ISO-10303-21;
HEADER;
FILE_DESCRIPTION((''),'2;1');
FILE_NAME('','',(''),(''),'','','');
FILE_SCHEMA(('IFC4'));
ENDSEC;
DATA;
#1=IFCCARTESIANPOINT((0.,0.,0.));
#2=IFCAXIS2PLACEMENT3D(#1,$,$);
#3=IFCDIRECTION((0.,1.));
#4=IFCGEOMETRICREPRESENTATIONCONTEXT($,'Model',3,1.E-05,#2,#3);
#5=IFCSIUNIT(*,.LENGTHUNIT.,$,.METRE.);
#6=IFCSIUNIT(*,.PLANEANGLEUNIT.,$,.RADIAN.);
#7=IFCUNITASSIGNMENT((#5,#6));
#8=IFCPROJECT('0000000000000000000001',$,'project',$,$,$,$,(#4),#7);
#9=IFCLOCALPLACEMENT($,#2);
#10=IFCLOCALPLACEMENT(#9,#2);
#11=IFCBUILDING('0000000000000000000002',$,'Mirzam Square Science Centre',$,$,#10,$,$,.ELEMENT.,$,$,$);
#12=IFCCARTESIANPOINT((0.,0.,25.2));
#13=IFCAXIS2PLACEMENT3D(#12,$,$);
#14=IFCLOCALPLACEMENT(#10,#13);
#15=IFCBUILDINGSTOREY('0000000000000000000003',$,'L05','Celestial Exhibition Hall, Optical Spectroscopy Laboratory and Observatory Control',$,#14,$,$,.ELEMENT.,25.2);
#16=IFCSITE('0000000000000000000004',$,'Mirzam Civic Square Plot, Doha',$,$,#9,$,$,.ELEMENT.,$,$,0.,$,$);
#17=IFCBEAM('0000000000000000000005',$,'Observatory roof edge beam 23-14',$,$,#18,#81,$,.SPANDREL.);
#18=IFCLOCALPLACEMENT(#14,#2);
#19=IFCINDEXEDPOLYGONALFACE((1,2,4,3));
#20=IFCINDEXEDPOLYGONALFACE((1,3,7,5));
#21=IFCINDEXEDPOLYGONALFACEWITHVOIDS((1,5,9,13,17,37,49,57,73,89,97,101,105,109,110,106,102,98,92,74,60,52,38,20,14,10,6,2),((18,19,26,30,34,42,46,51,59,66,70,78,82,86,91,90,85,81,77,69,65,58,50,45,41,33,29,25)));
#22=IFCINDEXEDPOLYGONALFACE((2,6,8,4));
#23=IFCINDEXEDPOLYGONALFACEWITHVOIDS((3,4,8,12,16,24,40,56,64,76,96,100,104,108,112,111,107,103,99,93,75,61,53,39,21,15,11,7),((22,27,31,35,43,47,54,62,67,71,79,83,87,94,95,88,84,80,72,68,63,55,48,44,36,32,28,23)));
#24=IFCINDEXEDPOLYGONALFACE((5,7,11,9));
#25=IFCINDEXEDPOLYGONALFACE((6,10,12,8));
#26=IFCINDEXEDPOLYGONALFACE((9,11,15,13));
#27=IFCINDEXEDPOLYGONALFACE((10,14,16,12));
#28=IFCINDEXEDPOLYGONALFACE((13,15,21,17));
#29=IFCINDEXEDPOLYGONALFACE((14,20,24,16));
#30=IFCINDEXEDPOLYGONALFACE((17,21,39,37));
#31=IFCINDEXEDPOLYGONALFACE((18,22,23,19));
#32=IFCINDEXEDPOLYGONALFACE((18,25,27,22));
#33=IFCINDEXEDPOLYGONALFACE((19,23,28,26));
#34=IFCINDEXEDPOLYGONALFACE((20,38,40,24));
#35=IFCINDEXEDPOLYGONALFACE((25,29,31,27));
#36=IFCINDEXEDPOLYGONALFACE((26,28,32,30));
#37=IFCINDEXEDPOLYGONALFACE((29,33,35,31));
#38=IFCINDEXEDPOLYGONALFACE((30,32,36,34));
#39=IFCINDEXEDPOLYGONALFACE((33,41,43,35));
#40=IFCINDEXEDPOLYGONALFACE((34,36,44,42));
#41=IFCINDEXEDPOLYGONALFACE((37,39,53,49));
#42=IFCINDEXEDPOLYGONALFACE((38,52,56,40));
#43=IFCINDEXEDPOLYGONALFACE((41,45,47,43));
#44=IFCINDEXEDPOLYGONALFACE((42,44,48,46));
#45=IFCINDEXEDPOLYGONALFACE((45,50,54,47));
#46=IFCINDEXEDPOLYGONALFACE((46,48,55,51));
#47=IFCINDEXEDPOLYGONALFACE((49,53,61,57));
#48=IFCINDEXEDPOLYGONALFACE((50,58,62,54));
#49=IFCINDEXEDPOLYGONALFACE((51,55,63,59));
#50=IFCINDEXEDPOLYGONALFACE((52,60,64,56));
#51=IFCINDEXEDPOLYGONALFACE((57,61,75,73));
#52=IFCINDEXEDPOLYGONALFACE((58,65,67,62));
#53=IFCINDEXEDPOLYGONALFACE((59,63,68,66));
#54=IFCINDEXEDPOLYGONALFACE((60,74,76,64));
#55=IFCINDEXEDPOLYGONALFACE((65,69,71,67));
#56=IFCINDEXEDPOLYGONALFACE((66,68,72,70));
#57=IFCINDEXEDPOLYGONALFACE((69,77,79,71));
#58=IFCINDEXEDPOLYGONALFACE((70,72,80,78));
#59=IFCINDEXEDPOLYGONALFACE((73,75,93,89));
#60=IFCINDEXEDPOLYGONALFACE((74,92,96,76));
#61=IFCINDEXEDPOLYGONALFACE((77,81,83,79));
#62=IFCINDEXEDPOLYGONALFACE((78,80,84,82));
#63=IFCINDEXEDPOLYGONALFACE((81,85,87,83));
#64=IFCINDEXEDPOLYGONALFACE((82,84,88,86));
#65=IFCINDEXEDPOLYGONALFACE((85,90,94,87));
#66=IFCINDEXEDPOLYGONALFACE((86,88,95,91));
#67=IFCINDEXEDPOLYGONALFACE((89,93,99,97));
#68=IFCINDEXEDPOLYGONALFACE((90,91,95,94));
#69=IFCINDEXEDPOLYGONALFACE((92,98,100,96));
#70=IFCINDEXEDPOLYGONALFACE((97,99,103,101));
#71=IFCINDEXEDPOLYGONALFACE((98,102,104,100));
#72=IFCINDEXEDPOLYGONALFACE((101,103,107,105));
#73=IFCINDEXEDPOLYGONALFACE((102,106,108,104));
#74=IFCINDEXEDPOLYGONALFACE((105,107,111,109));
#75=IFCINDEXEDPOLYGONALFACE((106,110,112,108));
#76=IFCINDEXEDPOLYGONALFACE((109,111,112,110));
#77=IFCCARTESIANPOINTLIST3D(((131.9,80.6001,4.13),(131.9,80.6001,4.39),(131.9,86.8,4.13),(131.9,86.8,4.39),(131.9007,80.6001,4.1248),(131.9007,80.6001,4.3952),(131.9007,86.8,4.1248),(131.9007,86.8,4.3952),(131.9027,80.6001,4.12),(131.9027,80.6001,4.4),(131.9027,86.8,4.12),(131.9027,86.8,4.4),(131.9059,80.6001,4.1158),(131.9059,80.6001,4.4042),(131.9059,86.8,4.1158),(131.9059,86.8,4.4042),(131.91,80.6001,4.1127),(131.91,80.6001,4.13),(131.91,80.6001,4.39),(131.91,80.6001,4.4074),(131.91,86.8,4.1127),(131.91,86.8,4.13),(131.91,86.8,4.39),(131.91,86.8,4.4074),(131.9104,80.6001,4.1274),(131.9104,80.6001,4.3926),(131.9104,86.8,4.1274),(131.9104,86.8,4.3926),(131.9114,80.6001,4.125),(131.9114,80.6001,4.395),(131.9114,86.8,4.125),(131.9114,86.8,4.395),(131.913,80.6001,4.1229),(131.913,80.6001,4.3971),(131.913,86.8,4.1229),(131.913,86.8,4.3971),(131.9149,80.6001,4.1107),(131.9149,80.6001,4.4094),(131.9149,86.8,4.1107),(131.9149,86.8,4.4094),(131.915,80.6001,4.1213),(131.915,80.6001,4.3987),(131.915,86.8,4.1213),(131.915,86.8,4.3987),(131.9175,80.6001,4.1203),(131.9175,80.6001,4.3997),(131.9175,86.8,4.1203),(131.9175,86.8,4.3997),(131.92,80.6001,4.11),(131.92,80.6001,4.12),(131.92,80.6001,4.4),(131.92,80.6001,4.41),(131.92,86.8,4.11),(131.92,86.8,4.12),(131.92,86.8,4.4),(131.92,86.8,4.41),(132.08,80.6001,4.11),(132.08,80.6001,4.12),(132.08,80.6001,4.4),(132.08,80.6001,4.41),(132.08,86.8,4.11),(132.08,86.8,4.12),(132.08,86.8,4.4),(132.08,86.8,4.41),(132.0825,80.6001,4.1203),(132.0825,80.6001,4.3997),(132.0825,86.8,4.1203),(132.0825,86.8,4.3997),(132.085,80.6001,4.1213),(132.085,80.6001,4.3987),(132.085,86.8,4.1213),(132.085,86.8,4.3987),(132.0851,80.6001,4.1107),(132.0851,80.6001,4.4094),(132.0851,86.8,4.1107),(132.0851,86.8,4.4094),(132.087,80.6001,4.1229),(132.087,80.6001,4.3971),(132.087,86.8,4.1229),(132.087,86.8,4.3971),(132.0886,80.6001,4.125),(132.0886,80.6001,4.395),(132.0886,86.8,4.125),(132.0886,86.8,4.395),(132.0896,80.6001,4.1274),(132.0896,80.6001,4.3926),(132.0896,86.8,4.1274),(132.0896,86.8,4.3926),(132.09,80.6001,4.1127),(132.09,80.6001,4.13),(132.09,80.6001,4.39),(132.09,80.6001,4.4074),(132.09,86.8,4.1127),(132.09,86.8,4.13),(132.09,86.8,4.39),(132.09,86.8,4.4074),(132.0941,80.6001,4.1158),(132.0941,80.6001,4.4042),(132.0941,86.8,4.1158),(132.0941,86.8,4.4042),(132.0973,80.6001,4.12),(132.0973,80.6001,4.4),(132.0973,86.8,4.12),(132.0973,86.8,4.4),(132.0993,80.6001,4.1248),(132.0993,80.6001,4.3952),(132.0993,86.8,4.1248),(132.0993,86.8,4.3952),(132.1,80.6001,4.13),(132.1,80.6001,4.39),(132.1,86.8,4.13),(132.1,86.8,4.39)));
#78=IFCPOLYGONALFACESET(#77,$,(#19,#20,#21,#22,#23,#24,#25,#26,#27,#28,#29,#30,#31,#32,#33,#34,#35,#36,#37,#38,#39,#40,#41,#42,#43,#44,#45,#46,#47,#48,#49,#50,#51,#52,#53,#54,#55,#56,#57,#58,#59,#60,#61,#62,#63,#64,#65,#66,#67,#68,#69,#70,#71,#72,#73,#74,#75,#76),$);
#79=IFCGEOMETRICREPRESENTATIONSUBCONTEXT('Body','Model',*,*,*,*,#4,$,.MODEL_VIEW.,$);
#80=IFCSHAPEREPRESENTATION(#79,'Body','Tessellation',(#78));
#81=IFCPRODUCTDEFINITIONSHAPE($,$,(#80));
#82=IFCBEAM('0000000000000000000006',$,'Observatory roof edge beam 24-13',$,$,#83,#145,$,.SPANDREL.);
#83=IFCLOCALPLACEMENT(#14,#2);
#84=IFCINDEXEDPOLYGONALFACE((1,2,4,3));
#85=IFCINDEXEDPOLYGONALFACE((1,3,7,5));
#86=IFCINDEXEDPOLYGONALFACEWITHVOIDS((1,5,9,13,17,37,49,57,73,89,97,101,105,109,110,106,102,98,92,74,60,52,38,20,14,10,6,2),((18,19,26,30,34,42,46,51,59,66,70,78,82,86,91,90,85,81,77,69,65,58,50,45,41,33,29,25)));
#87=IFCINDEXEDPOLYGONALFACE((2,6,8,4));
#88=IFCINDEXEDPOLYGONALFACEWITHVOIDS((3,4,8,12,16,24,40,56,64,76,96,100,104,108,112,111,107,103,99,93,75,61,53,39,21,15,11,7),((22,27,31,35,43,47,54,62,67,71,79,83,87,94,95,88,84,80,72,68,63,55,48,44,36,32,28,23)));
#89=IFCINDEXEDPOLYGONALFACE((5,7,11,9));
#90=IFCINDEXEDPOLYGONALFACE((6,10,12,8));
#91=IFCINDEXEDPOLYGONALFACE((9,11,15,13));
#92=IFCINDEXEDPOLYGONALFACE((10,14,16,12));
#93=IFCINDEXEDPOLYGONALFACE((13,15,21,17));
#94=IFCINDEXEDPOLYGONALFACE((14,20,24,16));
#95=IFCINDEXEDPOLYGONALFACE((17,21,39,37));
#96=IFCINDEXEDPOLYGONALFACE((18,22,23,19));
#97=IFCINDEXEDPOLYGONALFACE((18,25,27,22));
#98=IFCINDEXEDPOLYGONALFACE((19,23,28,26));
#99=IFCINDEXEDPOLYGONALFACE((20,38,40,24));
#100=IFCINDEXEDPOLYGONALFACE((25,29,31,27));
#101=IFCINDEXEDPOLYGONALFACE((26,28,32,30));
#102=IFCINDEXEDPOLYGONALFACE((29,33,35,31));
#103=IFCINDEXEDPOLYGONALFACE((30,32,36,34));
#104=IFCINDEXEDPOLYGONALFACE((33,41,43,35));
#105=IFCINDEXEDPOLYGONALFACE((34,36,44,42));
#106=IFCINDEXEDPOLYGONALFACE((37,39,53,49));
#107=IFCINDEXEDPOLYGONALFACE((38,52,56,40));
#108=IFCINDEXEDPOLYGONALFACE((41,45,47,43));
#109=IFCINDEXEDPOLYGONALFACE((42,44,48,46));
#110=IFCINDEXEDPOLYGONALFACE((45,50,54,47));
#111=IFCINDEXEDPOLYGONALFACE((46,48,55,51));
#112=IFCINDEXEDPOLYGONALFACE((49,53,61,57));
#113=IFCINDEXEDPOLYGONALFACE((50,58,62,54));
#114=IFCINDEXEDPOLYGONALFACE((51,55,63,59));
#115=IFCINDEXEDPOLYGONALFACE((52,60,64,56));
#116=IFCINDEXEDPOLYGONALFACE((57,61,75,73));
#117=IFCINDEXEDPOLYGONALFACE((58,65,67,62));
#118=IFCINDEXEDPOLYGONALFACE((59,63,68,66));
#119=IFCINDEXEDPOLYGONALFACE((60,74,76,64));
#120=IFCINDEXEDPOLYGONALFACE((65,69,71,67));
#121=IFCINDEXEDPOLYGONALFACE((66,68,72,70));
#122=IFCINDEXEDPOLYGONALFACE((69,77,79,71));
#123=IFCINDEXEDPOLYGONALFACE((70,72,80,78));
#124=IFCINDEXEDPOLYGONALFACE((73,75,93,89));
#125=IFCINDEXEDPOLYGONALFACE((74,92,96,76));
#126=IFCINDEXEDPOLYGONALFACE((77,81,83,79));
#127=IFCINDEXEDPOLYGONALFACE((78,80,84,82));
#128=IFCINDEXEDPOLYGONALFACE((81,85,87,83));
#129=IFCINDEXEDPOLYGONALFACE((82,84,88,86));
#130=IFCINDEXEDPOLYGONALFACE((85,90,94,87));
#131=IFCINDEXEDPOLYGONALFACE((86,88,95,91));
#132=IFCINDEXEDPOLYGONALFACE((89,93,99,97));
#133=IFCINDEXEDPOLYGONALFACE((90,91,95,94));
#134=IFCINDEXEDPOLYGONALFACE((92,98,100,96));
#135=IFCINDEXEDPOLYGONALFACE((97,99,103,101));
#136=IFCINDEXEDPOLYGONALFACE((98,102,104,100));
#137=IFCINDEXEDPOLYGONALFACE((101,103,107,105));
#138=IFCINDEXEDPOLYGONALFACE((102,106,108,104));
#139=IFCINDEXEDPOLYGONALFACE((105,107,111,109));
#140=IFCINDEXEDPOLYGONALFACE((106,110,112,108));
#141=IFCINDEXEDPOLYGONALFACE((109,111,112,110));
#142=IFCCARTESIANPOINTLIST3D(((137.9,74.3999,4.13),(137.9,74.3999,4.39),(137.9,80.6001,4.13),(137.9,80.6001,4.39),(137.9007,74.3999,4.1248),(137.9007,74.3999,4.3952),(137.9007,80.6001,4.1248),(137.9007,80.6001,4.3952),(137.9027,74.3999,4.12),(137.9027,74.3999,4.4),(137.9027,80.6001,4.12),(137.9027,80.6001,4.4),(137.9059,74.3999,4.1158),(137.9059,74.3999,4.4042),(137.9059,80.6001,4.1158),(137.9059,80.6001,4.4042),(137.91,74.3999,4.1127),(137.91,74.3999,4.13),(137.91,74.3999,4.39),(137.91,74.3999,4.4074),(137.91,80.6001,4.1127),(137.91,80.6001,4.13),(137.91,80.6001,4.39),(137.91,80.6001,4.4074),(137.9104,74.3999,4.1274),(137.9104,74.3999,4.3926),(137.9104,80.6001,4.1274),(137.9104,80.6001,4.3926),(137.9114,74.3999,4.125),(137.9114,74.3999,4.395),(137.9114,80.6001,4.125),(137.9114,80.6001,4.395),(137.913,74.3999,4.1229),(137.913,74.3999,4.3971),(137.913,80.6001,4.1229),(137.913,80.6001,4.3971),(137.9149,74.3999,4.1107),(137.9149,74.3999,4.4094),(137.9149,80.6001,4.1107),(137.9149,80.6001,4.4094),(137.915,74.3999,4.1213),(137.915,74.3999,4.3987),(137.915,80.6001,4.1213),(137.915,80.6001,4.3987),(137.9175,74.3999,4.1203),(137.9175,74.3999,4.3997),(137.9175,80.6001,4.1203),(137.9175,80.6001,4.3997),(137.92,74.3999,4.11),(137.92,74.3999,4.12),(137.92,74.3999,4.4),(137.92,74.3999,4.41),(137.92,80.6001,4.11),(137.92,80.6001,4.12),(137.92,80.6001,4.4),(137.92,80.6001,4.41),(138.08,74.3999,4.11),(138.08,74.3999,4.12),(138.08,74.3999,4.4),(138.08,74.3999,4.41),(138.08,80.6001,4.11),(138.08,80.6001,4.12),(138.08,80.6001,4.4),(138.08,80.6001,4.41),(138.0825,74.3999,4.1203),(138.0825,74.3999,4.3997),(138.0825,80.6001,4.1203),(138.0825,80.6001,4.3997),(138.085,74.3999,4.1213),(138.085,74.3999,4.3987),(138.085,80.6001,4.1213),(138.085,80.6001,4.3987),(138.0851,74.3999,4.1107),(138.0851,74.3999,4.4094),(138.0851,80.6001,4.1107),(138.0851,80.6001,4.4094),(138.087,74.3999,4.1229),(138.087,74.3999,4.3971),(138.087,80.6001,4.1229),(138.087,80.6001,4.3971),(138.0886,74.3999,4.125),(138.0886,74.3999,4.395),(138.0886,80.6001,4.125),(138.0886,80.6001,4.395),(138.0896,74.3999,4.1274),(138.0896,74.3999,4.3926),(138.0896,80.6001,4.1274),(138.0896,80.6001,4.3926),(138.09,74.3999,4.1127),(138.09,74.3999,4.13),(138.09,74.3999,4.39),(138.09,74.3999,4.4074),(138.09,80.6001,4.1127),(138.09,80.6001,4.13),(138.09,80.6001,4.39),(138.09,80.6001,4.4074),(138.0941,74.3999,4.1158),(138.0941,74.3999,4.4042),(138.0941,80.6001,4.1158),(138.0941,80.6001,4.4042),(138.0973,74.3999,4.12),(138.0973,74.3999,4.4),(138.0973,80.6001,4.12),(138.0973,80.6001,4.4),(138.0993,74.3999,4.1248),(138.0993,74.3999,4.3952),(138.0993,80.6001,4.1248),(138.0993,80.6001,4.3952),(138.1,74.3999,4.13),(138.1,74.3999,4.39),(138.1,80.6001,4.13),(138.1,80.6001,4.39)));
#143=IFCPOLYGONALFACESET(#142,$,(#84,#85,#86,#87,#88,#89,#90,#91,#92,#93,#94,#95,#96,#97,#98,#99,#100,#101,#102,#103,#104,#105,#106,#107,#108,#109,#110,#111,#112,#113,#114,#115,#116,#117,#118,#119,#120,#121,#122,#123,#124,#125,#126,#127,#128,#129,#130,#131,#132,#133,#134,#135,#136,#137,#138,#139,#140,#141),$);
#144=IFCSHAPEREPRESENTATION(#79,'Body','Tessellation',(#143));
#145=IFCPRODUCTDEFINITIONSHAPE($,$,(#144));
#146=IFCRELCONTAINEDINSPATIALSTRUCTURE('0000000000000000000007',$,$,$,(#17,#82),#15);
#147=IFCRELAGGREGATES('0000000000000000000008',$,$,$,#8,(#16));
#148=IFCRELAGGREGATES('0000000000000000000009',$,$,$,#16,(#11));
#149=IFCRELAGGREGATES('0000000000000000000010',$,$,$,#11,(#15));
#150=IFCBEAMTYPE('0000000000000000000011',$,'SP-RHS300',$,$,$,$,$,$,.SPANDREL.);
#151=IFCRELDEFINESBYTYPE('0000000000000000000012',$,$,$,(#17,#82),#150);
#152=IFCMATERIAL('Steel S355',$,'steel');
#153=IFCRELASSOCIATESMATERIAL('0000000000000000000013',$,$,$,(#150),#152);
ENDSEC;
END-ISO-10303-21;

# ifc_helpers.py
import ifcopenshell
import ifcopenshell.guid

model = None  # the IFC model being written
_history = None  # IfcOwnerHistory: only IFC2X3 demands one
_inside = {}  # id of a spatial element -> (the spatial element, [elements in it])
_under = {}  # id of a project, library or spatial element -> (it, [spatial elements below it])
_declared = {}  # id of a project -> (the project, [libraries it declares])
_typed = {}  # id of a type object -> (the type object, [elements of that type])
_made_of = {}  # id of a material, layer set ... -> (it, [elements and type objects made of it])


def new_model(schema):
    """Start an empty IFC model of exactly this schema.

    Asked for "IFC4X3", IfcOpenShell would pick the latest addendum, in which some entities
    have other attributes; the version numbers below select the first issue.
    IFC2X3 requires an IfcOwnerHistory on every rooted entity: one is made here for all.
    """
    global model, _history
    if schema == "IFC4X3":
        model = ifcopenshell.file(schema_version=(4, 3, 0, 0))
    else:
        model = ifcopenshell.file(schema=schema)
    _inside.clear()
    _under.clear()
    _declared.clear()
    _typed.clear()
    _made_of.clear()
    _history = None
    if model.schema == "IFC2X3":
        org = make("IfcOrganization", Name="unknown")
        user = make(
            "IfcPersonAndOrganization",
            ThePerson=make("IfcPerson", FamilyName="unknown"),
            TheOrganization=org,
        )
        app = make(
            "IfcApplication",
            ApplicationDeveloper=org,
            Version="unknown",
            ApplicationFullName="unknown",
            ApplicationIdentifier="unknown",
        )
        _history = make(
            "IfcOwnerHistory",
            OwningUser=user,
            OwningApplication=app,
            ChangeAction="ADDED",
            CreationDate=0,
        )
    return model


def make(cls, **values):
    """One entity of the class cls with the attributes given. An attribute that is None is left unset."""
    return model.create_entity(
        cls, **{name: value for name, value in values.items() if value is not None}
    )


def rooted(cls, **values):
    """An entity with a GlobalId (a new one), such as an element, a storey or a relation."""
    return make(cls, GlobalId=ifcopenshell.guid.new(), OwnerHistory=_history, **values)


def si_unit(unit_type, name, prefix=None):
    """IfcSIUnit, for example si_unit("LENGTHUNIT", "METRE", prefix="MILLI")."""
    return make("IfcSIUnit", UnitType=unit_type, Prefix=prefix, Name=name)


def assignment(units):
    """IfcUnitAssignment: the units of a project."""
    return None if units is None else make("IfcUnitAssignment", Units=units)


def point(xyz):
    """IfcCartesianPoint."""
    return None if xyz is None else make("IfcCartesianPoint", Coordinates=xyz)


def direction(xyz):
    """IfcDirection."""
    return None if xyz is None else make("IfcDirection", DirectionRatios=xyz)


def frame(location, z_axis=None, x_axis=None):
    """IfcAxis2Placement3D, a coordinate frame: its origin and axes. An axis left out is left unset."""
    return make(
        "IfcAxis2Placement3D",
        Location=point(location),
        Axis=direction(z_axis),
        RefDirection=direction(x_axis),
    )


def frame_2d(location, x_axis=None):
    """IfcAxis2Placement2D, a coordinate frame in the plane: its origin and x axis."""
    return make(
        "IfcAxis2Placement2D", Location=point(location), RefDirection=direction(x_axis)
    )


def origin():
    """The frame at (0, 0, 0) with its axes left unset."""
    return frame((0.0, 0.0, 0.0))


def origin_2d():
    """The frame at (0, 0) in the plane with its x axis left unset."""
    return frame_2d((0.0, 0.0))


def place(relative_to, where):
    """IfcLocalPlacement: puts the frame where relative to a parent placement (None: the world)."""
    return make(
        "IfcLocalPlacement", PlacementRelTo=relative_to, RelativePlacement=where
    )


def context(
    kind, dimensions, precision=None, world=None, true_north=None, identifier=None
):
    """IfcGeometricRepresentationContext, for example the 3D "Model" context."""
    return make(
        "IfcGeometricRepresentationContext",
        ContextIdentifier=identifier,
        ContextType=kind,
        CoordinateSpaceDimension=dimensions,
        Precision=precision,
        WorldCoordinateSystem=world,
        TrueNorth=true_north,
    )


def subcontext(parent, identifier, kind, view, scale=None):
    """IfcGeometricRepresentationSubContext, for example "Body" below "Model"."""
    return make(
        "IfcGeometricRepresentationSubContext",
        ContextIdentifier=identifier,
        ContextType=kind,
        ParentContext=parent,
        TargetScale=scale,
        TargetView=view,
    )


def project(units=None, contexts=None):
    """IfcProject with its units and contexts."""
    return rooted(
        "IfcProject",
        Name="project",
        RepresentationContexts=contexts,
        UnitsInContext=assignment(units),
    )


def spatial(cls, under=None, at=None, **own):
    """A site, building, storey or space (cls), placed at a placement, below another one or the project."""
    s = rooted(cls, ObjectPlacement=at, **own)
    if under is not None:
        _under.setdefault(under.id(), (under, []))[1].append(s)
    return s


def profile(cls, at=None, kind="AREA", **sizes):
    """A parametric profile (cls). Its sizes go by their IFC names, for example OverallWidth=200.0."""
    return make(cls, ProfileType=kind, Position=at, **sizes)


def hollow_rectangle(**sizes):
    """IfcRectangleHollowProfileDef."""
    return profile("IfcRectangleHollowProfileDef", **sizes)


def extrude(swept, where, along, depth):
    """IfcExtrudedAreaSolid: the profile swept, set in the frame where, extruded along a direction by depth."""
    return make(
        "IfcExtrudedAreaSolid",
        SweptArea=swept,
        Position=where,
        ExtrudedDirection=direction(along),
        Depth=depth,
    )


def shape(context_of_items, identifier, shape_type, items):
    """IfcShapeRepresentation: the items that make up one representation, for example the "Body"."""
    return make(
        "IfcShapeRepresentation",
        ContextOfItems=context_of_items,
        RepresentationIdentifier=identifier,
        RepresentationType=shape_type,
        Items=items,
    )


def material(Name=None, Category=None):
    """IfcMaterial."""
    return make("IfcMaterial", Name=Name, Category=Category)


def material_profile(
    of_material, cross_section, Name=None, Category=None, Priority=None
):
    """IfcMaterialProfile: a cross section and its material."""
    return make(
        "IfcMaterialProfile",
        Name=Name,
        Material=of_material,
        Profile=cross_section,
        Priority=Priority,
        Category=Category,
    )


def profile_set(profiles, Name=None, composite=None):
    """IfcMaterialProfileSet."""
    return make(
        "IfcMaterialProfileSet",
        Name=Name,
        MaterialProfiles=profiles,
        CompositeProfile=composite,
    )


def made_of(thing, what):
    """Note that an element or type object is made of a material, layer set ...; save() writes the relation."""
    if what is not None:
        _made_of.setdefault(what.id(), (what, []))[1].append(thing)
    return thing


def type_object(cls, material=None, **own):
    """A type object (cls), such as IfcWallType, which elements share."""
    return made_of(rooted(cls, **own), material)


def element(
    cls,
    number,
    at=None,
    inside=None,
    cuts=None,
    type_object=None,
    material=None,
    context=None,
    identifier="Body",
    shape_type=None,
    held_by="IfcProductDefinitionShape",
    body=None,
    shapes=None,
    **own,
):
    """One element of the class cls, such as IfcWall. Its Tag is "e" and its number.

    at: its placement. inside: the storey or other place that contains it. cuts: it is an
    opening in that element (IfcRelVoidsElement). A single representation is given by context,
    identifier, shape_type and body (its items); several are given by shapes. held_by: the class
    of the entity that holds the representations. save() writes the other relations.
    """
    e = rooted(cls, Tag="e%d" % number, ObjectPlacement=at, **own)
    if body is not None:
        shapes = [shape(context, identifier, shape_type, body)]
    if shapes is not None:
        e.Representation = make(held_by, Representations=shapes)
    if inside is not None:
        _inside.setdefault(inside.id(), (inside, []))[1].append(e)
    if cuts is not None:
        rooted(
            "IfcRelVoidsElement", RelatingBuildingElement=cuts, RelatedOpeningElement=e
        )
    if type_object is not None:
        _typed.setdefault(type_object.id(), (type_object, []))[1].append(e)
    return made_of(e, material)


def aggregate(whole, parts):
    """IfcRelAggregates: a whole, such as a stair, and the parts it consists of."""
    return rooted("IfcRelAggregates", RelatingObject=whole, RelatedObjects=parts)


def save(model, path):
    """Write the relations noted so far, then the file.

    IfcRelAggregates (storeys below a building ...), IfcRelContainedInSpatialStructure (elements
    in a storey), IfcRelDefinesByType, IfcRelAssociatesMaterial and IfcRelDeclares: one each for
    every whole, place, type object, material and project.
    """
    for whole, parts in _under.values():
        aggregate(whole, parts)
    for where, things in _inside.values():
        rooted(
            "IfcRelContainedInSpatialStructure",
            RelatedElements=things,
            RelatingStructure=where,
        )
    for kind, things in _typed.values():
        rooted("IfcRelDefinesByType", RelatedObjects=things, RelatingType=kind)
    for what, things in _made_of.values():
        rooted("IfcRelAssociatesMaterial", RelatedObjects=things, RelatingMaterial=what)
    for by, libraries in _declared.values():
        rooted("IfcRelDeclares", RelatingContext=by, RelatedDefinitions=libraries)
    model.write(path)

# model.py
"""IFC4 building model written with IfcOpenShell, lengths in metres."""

from ifc_helpers import new_model, si_unit, direction, frame, origin, origin_2d, place, context, subcontext, project, spatial, hollow_rectangle, extrude, material, material_profile, profile_set, type_object, element, save


model = new_model("IFC4")

# Units and contexts
model_context = context("Model", 3, precision=1e-05, world=origin(), true_north=direction((0.0, 1.0)))
body_context = subcontext(model_context, "Body", "Model", "MODEL_VIEW")
ifc_project = project(units=[si_unit("LENGTHUNIT", "METRE"), si_unit("PLANEANGLEUNIT", "RADIAN")], contexts=[model_context])

# Site, building, storey
site_placement = place(None, origin())
site = spatial("IfcSite", under=ifc_project, at=site_placement, Name="Mirzam Civic Square Plot, Doha", CompositionType="ELEMENT", RefElevation=0.0)
building_placement = place(site_placement, origin())
building = spatial("IfcBuilding", under=site, at=building_placement, Name="Mirzam Square Science Centre", CompositionType="ELEMENT")
storey_placement = place(building_placement, frame((0.0, 0.0, 25.2)))
storey = spatial("IfcBuildingStorey", under=building, at=storey_placement, Name="L05", Description="Celestial Exhibition Hall, Optical Spectroscopy Laboratory and Observatory Control", CompositionType="ELEMENT", Elevation=25.2)

# Shared definitions
ifc_material_1 = material(Name="Steel S355", Category="steel")

# Beams
ifc_material_profile_1 = material_profile(ifc_material_1, hollow_rectangle(XDim=0.2, YDim=0.3, WallThickness=0.01, InnerFilletRadius=0.01, OuterFilletRadius=0.02, at=origin_2d()), Name="300x200x10.0RHS")
ifc_profile_set_1 = profile_set([ifc_material_profile_1], Name="Steel S355")
beam_type_1 = type_object("IfcBeamType", Name="SP-RHS300", PredefinedType="SPANDREL", material=ifc_profile_set_1)
beam_1_placement = place(storey_placement, frame((132.0, 80.6001, 4.26), z_axis=(0.0, 1.0, 0.0), x_axis=(-1.0, 0.0, 0.0)))
element("IfcBeam", 1, at=beam_1_placement, inside=storey, type_object=beam_type_1, Name="Observatory roof edge beam 23-14", PredefinedType="SPANDREL", context=body_context, shape_type="SweptSolid", body=[
    extrude(hollow_rectangle(XDim=0.2, YDim=0.3, WallThickness=0.01, InnerFilletRadius=0.01, OuterFilletRadius=0.02, at=origin_2d()), origin(), (0.0, 0.0, 1.0), 6.2),
])
beam_2_placement = place(storey_placement, frame((138.0, 74.3999, 4.26), z_axis=(0.0, 1.0, 0.0), x_axis=(-1.0, 0.0, 0.0)))
element("IfcBeam", 2, at=beam_2_placement, inside=storey, type_object=beam_type_1, Name="Observatory roof edge beam 24-13", PredefinedType="SPANDREL", context=body_context, shape_type="SweptSolid", body=[
    extrude(hollow_rectangle(XDim=0.2, YDim=0.3, WallThickness=0.01, InnerFilletRadius=0.01, OuterFilletRadius=0.02, at=origin_2d()), origin(), (0.0, 0.0, 1.0), 6.2002),
])

save(model, "model.ifc")
